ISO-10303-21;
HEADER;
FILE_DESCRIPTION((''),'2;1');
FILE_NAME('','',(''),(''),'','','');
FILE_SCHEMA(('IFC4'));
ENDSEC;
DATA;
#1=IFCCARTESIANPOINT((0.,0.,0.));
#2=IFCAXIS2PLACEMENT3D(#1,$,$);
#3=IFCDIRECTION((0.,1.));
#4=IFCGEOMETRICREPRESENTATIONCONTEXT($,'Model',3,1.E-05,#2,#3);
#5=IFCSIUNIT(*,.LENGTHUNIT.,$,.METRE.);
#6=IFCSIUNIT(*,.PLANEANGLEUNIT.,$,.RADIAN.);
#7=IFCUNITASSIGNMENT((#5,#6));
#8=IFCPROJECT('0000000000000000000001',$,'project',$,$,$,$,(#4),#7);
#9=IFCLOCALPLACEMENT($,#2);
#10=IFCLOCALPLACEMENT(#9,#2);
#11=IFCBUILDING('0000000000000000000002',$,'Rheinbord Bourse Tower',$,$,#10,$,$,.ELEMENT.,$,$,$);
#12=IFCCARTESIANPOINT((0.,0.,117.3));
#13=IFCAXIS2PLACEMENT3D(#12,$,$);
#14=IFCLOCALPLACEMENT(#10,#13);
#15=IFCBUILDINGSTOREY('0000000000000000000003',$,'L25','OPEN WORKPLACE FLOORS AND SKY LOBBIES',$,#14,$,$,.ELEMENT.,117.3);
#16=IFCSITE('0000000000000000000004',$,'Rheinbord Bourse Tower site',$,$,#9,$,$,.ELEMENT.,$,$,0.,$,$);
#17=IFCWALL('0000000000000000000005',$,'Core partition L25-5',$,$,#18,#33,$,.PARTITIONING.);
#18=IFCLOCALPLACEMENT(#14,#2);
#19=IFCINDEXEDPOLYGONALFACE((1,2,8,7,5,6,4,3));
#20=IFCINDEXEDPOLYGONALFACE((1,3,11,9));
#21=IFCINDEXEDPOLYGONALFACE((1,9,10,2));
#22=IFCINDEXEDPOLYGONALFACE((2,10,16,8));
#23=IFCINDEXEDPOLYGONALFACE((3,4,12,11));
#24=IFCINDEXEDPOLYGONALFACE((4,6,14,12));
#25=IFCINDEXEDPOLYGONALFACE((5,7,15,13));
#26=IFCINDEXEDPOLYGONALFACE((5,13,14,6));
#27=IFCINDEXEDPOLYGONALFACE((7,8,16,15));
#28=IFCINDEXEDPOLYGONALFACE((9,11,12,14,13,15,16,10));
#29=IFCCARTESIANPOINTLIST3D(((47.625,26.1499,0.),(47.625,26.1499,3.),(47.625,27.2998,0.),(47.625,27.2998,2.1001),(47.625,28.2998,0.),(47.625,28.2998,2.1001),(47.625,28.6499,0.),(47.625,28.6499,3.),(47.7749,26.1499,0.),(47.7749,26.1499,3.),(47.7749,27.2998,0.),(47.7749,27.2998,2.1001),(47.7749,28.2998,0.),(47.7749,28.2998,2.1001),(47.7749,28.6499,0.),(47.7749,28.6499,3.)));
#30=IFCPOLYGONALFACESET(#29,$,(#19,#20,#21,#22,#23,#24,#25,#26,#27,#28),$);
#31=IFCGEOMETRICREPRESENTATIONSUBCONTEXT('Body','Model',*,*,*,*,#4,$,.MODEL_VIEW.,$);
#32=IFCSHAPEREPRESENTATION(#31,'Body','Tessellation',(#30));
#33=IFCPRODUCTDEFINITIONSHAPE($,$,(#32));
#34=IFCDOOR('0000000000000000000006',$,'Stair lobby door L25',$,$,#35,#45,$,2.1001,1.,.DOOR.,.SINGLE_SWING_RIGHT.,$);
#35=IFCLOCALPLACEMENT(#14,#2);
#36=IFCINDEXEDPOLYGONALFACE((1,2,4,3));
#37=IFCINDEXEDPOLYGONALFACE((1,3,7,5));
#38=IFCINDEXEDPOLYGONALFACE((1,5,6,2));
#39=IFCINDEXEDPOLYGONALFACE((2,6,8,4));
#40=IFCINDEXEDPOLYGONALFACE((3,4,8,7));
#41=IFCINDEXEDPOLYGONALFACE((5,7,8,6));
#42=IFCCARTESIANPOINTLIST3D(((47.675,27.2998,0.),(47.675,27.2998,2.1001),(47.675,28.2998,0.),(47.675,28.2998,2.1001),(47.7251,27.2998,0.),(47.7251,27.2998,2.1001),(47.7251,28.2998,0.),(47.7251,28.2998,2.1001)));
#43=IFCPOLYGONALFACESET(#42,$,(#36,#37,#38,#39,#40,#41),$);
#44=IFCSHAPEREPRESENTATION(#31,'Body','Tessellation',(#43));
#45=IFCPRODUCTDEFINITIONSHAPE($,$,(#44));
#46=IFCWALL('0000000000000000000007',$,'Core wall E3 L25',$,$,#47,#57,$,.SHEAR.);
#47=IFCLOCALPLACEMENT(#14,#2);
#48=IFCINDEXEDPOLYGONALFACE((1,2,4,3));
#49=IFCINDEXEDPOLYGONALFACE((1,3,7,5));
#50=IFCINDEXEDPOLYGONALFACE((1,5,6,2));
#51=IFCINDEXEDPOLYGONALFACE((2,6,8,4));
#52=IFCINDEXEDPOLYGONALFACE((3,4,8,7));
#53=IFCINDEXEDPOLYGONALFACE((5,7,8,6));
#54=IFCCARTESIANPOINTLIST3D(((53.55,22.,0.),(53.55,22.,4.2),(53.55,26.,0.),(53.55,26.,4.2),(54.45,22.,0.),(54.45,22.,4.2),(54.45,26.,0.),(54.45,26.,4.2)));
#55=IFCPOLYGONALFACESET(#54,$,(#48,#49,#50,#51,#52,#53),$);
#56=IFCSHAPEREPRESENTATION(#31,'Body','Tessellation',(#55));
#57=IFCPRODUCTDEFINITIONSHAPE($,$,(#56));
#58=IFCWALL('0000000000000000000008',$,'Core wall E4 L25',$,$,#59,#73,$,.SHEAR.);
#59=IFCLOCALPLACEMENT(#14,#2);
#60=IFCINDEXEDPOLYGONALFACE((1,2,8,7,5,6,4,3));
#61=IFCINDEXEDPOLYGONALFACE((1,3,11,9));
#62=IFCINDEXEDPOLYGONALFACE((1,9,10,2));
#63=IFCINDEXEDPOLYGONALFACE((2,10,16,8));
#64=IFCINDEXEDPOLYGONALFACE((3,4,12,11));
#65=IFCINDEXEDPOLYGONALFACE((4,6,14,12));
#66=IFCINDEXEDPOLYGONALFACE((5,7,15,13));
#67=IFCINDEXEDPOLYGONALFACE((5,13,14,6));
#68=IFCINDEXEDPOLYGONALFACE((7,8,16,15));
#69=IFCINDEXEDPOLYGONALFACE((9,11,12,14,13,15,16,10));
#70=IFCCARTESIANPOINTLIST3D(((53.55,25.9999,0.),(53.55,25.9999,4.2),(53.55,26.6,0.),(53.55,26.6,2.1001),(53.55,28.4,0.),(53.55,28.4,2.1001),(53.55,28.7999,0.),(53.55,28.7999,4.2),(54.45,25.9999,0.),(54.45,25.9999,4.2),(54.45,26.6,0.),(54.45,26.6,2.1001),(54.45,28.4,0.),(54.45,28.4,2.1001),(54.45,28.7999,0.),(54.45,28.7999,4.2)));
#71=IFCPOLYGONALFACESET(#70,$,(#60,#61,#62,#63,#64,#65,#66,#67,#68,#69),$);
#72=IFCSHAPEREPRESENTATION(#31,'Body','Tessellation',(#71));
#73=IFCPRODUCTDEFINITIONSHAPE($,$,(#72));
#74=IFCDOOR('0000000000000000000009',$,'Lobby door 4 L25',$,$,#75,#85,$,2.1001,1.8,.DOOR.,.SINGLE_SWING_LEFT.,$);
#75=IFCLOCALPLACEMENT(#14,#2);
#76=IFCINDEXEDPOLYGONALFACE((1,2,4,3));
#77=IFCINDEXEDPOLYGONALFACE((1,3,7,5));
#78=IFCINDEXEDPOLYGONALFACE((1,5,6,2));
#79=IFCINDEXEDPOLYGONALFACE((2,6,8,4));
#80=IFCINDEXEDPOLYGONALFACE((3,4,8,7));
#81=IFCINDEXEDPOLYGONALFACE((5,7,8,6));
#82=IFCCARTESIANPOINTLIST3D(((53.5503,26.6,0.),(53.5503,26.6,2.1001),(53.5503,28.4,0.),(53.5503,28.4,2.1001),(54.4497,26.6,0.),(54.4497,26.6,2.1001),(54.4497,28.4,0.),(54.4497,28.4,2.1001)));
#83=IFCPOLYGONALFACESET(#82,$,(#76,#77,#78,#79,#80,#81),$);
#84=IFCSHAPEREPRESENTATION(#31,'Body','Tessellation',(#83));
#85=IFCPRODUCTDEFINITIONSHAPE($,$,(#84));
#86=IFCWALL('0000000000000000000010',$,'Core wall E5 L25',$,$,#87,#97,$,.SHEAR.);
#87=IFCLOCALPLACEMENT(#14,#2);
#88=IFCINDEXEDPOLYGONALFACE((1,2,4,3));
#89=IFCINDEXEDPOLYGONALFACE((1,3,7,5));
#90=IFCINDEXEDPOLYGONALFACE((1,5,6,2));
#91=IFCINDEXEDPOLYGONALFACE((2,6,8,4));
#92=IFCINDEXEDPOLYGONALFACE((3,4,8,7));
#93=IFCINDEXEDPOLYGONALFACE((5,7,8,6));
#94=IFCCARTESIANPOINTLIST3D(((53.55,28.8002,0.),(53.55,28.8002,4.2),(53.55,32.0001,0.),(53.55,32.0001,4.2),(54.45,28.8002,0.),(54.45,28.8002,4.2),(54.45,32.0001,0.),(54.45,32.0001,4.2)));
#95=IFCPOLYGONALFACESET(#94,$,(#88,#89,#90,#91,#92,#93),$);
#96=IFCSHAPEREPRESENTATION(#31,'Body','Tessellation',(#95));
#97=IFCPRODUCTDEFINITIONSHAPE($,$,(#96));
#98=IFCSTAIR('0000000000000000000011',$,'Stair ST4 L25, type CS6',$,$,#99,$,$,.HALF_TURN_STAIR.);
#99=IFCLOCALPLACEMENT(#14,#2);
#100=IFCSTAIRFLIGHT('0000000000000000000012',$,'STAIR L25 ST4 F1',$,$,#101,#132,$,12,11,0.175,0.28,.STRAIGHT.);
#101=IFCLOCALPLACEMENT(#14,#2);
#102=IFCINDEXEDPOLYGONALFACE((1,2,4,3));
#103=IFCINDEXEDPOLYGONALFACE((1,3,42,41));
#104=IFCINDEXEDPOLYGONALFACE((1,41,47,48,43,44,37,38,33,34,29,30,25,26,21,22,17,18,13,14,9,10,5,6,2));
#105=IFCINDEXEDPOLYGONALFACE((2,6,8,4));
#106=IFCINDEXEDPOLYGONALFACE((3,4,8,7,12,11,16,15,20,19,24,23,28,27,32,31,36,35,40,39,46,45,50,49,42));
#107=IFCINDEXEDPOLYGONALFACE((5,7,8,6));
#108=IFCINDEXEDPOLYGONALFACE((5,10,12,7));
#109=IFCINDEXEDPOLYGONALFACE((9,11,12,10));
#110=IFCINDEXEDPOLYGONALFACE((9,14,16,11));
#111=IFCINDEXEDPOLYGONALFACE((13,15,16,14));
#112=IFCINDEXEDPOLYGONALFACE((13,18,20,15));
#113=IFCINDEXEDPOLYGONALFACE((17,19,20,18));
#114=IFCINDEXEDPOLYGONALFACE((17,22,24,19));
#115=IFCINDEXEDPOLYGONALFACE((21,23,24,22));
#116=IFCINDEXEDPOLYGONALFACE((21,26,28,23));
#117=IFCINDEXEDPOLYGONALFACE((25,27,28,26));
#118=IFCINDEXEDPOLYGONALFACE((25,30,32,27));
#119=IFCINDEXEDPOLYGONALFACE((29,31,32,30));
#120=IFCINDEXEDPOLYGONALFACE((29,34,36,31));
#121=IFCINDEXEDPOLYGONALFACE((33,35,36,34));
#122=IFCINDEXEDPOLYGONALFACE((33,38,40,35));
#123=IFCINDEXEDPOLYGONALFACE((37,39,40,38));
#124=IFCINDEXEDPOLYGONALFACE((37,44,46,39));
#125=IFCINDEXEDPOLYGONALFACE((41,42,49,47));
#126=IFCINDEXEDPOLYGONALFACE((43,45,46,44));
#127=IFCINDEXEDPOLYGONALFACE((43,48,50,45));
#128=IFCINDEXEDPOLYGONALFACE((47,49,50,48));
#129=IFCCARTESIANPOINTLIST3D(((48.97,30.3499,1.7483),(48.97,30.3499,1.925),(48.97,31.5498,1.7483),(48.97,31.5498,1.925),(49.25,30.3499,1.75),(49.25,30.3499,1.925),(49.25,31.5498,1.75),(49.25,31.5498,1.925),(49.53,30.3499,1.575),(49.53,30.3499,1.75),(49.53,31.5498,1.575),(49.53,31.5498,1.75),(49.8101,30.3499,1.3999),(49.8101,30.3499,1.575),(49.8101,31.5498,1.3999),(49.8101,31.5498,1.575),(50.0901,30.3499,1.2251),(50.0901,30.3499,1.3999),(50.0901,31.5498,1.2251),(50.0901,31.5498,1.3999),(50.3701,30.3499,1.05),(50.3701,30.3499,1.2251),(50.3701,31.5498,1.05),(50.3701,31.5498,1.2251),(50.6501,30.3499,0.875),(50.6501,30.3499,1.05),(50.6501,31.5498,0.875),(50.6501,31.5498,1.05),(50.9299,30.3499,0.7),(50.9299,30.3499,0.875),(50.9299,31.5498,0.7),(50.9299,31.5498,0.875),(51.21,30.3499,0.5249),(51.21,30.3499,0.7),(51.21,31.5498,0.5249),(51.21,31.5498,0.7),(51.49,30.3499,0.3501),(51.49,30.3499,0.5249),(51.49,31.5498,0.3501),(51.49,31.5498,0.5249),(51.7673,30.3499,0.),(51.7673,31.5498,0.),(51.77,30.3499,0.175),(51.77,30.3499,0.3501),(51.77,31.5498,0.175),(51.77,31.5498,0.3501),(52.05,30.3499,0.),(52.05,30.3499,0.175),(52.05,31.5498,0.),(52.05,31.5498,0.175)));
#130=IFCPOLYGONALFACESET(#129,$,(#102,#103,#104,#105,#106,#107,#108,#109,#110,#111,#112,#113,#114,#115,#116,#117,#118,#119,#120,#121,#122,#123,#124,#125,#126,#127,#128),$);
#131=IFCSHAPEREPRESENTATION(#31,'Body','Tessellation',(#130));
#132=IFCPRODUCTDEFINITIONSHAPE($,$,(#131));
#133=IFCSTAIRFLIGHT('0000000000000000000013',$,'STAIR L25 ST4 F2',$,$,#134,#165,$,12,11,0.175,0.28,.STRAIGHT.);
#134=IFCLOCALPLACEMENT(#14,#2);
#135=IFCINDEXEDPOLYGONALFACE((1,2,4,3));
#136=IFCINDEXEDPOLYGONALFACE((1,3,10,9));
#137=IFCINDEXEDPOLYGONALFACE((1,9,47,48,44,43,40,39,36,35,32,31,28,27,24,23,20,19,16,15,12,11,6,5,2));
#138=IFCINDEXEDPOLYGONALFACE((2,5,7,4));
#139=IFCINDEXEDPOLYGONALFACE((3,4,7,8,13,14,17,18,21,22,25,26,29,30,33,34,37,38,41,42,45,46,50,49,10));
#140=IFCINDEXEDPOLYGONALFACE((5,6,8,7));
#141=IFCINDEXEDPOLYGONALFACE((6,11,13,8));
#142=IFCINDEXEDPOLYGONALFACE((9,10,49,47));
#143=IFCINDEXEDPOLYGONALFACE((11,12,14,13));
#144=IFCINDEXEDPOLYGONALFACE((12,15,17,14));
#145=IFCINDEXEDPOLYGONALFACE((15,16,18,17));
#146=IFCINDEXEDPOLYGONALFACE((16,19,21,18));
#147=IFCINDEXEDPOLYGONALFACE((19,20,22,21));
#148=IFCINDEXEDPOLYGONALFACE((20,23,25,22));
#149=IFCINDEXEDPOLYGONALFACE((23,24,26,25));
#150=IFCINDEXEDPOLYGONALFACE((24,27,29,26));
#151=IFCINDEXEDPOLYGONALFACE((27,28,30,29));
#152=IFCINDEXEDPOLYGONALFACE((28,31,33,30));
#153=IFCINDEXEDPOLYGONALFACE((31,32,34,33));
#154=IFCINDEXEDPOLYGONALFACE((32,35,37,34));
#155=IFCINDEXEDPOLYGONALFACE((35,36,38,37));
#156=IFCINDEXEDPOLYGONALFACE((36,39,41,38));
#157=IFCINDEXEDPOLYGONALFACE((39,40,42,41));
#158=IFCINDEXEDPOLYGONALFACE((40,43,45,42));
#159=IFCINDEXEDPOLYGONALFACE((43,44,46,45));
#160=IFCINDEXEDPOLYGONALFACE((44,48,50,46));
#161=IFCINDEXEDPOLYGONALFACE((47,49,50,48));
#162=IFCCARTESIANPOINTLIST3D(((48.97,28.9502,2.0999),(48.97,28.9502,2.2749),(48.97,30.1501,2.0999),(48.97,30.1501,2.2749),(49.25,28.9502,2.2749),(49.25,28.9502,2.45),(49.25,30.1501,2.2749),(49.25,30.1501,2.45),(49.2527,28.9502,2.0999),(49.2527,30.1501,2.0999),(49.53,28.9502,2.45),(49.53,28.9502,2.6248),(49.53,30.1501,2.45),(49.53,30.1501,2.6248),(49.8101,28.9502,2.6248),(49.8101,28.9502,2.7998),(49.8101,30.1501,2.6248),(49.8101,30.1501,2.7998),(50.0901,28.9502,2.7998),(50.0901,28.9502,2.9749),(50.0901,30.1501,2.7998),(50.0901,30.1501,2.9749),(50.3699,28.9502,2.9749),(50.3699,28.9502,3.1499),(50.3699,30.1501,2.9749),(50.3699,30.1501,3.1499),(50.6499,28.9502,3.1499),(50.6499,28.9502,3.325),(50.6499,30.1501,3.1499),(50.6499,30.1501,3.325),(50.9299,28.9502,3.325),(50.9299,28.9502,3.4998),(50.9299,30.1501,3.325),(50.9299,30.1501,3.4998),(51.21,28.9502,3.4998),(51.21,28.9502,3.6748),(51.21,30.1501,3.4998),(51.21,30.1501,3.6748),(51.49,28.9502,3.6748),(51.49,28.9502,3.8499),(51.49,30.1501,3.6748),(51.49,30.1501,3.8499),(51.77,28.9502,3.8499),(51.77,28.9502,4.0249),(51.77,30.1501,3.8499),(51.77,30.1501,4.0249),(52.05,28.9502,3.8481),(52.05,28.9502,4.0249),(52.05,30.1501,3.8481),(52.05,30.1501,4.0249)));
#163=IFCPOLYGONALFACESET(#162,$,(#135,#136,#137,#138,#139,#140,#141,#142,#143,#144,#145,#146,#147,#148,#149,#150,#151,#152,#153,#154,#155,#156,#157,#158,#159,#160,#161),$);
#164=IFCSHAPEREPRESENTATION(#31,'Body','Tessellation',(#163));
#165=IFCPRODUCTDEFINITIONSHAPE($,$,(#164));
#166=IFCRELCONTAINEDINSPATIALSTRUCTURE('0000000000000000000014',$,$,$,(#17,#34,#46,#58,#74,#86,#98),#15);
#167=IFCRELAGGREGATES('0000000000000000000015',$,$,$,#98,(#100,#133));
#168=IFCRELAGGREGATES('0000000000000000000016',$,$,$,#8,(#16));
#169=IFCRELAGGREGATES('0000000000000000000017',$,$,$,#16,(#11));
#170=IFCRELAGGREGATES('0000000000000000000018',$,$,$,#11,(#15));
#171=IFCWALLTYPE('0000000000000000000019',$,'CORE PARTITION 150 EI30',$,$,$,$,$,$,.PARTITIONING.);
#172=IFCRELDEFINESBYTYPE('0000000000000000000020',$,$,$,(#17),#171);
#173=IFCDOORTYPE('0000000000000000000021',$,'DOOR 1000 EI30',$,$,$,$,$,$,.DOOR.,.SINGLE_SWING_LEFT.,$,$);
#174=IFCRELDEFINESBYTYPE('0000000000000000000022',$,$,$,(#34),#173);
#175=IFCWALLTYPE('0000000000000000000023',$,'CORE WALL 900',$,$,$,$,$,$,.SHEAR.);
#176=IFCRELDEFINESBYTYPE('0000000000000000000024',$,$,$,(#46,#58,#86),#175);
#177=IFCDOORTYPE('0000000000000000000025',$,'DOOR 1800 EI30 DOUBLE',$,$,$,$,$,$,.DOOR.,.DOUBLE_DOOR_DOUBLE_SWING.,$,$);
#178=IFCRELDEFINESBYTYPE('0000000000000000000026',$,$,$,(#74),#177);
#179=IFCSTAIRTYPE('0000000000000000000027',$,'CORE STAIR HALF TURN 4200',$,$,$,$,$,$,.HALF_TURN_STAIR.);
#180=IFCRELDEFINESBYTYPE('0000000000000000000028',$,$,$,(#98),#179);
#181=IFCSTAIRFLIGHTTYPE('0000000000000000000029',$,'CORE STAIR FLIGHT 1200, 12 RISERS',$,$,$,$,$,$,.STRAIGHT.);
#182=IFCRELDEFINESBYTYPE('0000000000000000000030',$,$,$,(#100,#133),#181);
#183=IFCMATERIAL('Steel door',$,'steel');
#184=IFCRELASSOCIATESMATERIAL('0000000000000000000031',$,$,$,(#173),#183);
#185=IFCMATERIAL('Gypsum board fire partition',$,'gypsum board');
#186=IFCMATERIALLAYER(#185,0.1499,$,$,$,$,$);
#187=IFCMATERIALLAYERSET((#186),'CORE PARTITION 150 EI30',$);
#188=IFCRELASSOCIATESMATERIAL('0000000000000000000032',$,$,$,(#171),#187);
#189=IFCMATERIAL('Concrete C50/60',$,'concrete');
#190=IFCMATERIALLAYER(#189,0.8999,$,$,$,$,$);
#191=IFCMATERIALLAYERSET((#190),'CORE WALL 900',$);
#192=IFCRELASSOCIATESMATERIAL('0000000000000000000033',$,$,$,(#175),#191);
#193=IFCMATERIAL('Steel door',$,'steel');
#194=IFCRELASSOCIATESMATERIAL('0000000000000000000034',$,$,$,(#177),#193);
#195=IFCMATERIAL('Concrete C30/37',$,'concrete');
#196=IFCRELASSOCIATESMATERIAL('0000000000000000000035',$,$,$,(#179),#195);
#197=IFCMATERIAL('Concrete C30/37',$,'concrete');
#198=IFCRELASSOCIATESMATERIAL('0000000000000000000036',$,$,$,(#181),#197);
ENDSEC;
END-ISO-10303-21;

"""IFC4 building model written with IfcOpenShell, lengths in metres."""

from ifc_helpers import new_model, si_unit, direction, frame, frame_2d, origin, place, context, subcontext, project, spatial, polyline, rectangle, outline, extrude, material, layer, layer_set, type_object, element, fill, aggregate, save


model = new_model("IFC4")

# Units and contexts
model_context = context("Model", 3, precision=1e-05, world=origin(), true_north=direction((0.0, 1.0)))
body_context = subcontext(model_context, "Body", "Model", "MODEL_VIEW")
ifc_project = project(units=[si_unit("LENGTHUNIT", "METRE"), si_unit("PLANEANGLEUNIT", "RADIAN")], contexts=[model_context])

# Site, building, storey
site_placement = place(None, origin())
site = spatial("IfcSite", under=ifc_project, at=site_placement, Name="Rheinbord Bourse Tower site", CompositionType="ELEMENT", RefElevation=0.0)
building_placement = place(site_placement, origin())
building = spatial("IfcBuilding", under=site, at=building_placement, Name="Rheinbord Bourse Tower", CompositionType="ELEMENT")
storey_placement = place(building_placement, frame((0.0, 0.0, 117.3)))
storey = spatial("IfcBuildingStorey", under=building, at=storey_placement, Name="L25", Description="OPEN WORKPLACE FLOORS AND SKY LOBBIES", CompositionType="ELEMENT", Elevation=117.3)

# Shared definitions
ifc_material_1 = material(Name="Steel door", Category="steel")
door_type_1 = type_object("IfcDoorType", Name="DOOR 1000 EI30", OperationType="SINGLE_SWING_LEFT", PredefinedType="DOOR", material=ifc_material_1)

# Shared definitions
ifc_material_2 = material(Name="Gypsum board fire partition", Category="gypsum board")
ifc_layer_1 = layer(ifc_material_2, 0.1499)
ifc_layer_set_1 = layer_set([ifc_layer_1], Name="CORE PARTITION 150 EI30")
wall_type_1 = type_object("IfcWallType", Name="CORE PARTITION 150 EI30", PredefinedType="PARTITIONING", material=ifc_layer_set_1)

# Wall, opening, door
wall_1_placement = place(storey_placement, frame((47.7, 26.1499, 0.0), z_axis=(0.0, 0.0, 1.0), x_axis=(0.0, 1.0, 0.0)))
wall_1 = element("IfcWall", 1, at=wall_1_placement, inside=storey, type_object=wall_type_1, Name="Core partition L25-5", PredefinedType="PARTITIONING", context=body_context, shape_type="SweptSolid", body=[
    extrude(rectangle(XDim=2.5, YDim=0.1499, at=frame_2d((1.25, 0.0))), origin(), (0.0, 0.0, 1.0), 3.0),
])
opening_1_placement = place(wall_1_placement, frame((1.1499, 0.0, 0.0)))
opening_1 = element("IfcOpeningElement", 2, at=opening_1_placement, cuts=wall_1, PredefinedType="OPENING", context=body_context, shape_type="SweptSolid", body=[
    extrude(rectangle(XDim=1.0, YDim=2.1001, at=frame_2d((0.5, 1.05))), frame((0.0, 0.085, 0.0), z_axis=(0.0, -1.0, 0.0), x_axis=(1.0, 0.0, 0.0)), (0.0, 0.0, 1.0), 0.1699),
])
door_1_placement = place(opening_1_placement, origin())
door_1 = element("IfcDoor", 3, at=door_1_placement, inside=storey, type_object=door_type_1, Name="Stair lobby door L25", OperationType="SINGLE_SWING_RIGHT", OverallHeight=2.1001, OverallWidth=1.0, PredefinedType="DOOR", context=body_context, shape_type="SweptSolid", body=[
    extrude(rectangle(XDim=1.0, YDim=2.1001, at=frame_2d((0.5, 1.05))), frame((0.0, 0.0249, 0.0), z_axis=(0.0, -1.0, 0.0), x_axis=(1.0, 0.0, 0.0)), (0.0, 0.0, 1.0), 0.05),
])
fill(opening_1, door_1)

# Wall
ifc_material_3 = material(Name="Concrete C50/60", Category="concrete")
ifc_layer_2 = layer(ifc_material_3, 0.8999)
ifc_layer_set_2 = layer_set([ifc_layer_2], Name="CORE WALL 900")
wall_type_2 = type_object("IfcWallType", Name="CORE WALL 900", PredefinedType="SHEAR", material=ifc_layer_set_2)
wall_2_placement = place(storey_placement, frame((54.0, 22.0, 0.0), z_axis=(0.0, 0.0, 1.0), x_axis=(0.0, 1.0, 0.0)))
element("IfcWall", 4, at=wall_2_placement, inside=storey, type_object=wall_type_2, Name="Core wall E3 L25", PredefinedType="SHEAR", context=body_context, shape_type="SweptSolid", body=[
    extrude(rectangle(XDim=4.0, YDim=0.8999, at=frame_2d((2.0, 0.0))), origin(), (0.0, 0.0, 1.0), 4.2),
])

# Wall, opening, door
wall_3_placement = place(storey_placement, frame((54.0, 26.0, 0.0), z_axis=(0.0, 0.0, 1.0), x_axis=(0.0, 1.0, 0.0)))
wall_3 = element("IfcWall", 5, at=wall_3_placement, inside=storey, type_object=wall_type_2, Name="Core wall E4 L25", PredefinedType="SHEAR", context=body_context, shape_type="SweptSolid", body=[
    extrude(rectangle(XDim=2.8, YDim=0.8999, at=frame_2d((1.3999, 0.0))), origin(), (0.0, 0.0, 1.0), 4.2),
])
opening_2_placement = place(wall_3_placement, frame((0.6001, 0.0, 0.0)))
opening_2 = element("IfcOpeningElement", 6, at=opening_2_placement, cuts=wall_3, PredefinedType="OPENING", context=body_context, shape_type="SweptSolid", body=[
    extrude(rectangle(XDim=1.8, YDim=2.1001, at=frame_2d((0.8999, 1.05))), frame((0.0, 0.46, 0.0), z_axis=(0.0, -1.0, 0.0), x_axis=(1.0, 0.0, 0.0)), (0.0, 0.0, 1.0), 0.9199),
])
ifc_material_4 = material(Name="Steel door", Category="steel")
door_type_2 = type_object("IfcDoorType", Name="DOOR 1800 EI30 DOUBLE", OperationType="DOUBLE_DOOR_DOUBLE_SWING", PredefinedType="DOOR", material=ifc_material_4)
door_2_placement = place(opening_2_placement, origin())
door_2 = element("IfcDoor", 7, at=door_2_placement, inside=storey, type_object=door_type_2, Name="Lobby door 4 L25", OperationType="SINGLE_SWING_LEFT", OverallHeight=2.1001, OverallWidth=1.8, PredefinedType="DOOR", context=body_context, shape_type="SweptSolid", body=[
    extrude(rectangle(XDim=1.8, YDim=2.1001, at=frame_2d((0.8999, 1.05))), frame((0.0, 0.4497, 0.0), z_axis=(0.0, -1.0, 0.0), x_axis=(1.0, 0.0, 0.0)), (0.0, 0.0, 1.0), 0.8994),
])
fill(opening_2, door_2)

# Wall
wall_4_placement = place(storey_placement, frame((54.0, 28.8, 0.0), z_axis=(0.0, 0.0, 1.0), x_axis=(0.0, 1.0, 0.0)))
element("IfcWall", 8, at=wall_4_placement, inside=storey, type_object=wall_type_2, Name="Core wall E5 L25", PredefinedType="SHEAR", context=body_context, shape_type="SweptSolid", body=[
    extrude(rectangle(XDim=3.2, YDim=0.8999, at=frame_2d((1.6001, 0.0))), origin(), (0.0, 0.0, 1.0), 4.2),
])

# Stair, stair flights
ifc_material_5 = material(Name="Concrete C30/37", Category="concrete")
stair_type = type_object("IfcStairType", Name="CORE STAIR HALF TURN 4200", PredefinedType="HALF_TURN_STAIR", material=ifc_material_5)
stair_placement = place(storey_placement, origin())
stair = element("IfcStair", 9, at=stair_placement, inside=storey, type_object=stair_type, Name="Stair ST4 L25, type CS6", PredefinedType="HALF_TURN_STAIR")
ifc_material_6 = material(Name="Concrete C30/37", Category="concrete")
stair_flight_type = type_object("IfcStairFlightType", Name="CORE STAIR FLIGHT 1200, 12 RISERS", PredefinedType="STRAIGHT", material=ifc_material_6)
stair_flight_1_placement = place(storey_placement, frame((52.05, 30.95, 0.0), z_axis=(0.0, 0.0, 1.0), x_axis=(-1.0, 0.0, 0.0)))
stair_flight_1 = element("IfcStairFlight", 10, at=stair_flight_1_placement, type_object=stair_flight_type, Name="STAIR L25 ST4 F1", NumberOfRisers=12, NumberOfTreads=11, PredefinedType="STRAIGHT", RiserHeight=0.175, TreadLength=0.28, context=body_context, shape_type="SweptSolid", body=[
    extrude(outline(polyline([(0.0, 0.0), (0.0, 0.175), (0.28, 0.175), (0.28, 0.3501), (0.5601, 0.3501), (0.5601, 0.5249), (0.8401, 0.5249), (0.8401, 0.7), (1.1201, 0.7), (1.1201, 0.875), (1.3999, 0.875), (1.3999, 1.05), (1.6799, 1.05), (1.6799, 1.2251), (1.96, 1.2251), (1.96, 1.3999), (2.24, 1.3999), (2.24, 1.575), (2.52, 1.575), (2.52, 1.75), (2.8, 1.75), (2.8, 1.925), (3.0801, 1.925), (3.0801, 2.1001), (3.0801, 1.7483), (0.2827, 0.0), (0.0, 0.0)])), frame((0.0, 0.6001, 0.0), z_axis=(0.0, -1.0, 0.0), x_axis=(1.0, 0.0, 0.0)), (0.0, 0.0, 1.0), 1.2),
])
stair_flight_2_placement = place(storey_placement, frame((48.97, 29.55, 2.0999), z_axis=(0.0, 0.0, 1.0), x_axis=(1.0, 0.0, 0.0)))
stair_flight_2 = element("IfcStairFlight", 11, at=stair_flight_2_placement, type_object=stair_flight_type, Name="STAIR L25 ST4 F2", NumberOfRisers=12, NumberOfTreads=11, PredefinedType="STRAIGHT", RiserHeight=0.175, TreadLength=0.28, context=body_context, shape_type="SweptSolid", body=[
    extrude(outline(polyline([(0.0, 0.0), (0.0, 0.175), (0.28, 0.175), (0.28, 0.3501), (0.5601, 0.3501), (0.5601, 0.5249), (0.8401, 0.5249), (0.8401, 0.7), (1.1201, 0.7), (1.1201, 0.875), (1.3999, 0.875), (1.3999, 1.05), (1.6799, 1.05), (1.6799, 1.2251), (1.96, 1.2251), (1.96, 1.3999), (2.24, 1.3999), (2.24, 1.575), (2.52, 1.575), (2.52, 1.75), (2.8, 1.75), (2.8, 1.925), (3.0801, 1.925), (3.0801, 2.1001), (3.0801, 1.7483), (0.2827, 0.0), (0.0, 0.0)])), frame((0.0, 0.6001, 0.0), z_axis=(0.0, -1.0, 0.0), x_axis=(1.0, 0.0, 0.0)), (0.0, 0.0, 1.0), 1.2),
])
aggregate(stair, [stair_flight_1, stair_flight_2])

save(model, "model.ifc")
